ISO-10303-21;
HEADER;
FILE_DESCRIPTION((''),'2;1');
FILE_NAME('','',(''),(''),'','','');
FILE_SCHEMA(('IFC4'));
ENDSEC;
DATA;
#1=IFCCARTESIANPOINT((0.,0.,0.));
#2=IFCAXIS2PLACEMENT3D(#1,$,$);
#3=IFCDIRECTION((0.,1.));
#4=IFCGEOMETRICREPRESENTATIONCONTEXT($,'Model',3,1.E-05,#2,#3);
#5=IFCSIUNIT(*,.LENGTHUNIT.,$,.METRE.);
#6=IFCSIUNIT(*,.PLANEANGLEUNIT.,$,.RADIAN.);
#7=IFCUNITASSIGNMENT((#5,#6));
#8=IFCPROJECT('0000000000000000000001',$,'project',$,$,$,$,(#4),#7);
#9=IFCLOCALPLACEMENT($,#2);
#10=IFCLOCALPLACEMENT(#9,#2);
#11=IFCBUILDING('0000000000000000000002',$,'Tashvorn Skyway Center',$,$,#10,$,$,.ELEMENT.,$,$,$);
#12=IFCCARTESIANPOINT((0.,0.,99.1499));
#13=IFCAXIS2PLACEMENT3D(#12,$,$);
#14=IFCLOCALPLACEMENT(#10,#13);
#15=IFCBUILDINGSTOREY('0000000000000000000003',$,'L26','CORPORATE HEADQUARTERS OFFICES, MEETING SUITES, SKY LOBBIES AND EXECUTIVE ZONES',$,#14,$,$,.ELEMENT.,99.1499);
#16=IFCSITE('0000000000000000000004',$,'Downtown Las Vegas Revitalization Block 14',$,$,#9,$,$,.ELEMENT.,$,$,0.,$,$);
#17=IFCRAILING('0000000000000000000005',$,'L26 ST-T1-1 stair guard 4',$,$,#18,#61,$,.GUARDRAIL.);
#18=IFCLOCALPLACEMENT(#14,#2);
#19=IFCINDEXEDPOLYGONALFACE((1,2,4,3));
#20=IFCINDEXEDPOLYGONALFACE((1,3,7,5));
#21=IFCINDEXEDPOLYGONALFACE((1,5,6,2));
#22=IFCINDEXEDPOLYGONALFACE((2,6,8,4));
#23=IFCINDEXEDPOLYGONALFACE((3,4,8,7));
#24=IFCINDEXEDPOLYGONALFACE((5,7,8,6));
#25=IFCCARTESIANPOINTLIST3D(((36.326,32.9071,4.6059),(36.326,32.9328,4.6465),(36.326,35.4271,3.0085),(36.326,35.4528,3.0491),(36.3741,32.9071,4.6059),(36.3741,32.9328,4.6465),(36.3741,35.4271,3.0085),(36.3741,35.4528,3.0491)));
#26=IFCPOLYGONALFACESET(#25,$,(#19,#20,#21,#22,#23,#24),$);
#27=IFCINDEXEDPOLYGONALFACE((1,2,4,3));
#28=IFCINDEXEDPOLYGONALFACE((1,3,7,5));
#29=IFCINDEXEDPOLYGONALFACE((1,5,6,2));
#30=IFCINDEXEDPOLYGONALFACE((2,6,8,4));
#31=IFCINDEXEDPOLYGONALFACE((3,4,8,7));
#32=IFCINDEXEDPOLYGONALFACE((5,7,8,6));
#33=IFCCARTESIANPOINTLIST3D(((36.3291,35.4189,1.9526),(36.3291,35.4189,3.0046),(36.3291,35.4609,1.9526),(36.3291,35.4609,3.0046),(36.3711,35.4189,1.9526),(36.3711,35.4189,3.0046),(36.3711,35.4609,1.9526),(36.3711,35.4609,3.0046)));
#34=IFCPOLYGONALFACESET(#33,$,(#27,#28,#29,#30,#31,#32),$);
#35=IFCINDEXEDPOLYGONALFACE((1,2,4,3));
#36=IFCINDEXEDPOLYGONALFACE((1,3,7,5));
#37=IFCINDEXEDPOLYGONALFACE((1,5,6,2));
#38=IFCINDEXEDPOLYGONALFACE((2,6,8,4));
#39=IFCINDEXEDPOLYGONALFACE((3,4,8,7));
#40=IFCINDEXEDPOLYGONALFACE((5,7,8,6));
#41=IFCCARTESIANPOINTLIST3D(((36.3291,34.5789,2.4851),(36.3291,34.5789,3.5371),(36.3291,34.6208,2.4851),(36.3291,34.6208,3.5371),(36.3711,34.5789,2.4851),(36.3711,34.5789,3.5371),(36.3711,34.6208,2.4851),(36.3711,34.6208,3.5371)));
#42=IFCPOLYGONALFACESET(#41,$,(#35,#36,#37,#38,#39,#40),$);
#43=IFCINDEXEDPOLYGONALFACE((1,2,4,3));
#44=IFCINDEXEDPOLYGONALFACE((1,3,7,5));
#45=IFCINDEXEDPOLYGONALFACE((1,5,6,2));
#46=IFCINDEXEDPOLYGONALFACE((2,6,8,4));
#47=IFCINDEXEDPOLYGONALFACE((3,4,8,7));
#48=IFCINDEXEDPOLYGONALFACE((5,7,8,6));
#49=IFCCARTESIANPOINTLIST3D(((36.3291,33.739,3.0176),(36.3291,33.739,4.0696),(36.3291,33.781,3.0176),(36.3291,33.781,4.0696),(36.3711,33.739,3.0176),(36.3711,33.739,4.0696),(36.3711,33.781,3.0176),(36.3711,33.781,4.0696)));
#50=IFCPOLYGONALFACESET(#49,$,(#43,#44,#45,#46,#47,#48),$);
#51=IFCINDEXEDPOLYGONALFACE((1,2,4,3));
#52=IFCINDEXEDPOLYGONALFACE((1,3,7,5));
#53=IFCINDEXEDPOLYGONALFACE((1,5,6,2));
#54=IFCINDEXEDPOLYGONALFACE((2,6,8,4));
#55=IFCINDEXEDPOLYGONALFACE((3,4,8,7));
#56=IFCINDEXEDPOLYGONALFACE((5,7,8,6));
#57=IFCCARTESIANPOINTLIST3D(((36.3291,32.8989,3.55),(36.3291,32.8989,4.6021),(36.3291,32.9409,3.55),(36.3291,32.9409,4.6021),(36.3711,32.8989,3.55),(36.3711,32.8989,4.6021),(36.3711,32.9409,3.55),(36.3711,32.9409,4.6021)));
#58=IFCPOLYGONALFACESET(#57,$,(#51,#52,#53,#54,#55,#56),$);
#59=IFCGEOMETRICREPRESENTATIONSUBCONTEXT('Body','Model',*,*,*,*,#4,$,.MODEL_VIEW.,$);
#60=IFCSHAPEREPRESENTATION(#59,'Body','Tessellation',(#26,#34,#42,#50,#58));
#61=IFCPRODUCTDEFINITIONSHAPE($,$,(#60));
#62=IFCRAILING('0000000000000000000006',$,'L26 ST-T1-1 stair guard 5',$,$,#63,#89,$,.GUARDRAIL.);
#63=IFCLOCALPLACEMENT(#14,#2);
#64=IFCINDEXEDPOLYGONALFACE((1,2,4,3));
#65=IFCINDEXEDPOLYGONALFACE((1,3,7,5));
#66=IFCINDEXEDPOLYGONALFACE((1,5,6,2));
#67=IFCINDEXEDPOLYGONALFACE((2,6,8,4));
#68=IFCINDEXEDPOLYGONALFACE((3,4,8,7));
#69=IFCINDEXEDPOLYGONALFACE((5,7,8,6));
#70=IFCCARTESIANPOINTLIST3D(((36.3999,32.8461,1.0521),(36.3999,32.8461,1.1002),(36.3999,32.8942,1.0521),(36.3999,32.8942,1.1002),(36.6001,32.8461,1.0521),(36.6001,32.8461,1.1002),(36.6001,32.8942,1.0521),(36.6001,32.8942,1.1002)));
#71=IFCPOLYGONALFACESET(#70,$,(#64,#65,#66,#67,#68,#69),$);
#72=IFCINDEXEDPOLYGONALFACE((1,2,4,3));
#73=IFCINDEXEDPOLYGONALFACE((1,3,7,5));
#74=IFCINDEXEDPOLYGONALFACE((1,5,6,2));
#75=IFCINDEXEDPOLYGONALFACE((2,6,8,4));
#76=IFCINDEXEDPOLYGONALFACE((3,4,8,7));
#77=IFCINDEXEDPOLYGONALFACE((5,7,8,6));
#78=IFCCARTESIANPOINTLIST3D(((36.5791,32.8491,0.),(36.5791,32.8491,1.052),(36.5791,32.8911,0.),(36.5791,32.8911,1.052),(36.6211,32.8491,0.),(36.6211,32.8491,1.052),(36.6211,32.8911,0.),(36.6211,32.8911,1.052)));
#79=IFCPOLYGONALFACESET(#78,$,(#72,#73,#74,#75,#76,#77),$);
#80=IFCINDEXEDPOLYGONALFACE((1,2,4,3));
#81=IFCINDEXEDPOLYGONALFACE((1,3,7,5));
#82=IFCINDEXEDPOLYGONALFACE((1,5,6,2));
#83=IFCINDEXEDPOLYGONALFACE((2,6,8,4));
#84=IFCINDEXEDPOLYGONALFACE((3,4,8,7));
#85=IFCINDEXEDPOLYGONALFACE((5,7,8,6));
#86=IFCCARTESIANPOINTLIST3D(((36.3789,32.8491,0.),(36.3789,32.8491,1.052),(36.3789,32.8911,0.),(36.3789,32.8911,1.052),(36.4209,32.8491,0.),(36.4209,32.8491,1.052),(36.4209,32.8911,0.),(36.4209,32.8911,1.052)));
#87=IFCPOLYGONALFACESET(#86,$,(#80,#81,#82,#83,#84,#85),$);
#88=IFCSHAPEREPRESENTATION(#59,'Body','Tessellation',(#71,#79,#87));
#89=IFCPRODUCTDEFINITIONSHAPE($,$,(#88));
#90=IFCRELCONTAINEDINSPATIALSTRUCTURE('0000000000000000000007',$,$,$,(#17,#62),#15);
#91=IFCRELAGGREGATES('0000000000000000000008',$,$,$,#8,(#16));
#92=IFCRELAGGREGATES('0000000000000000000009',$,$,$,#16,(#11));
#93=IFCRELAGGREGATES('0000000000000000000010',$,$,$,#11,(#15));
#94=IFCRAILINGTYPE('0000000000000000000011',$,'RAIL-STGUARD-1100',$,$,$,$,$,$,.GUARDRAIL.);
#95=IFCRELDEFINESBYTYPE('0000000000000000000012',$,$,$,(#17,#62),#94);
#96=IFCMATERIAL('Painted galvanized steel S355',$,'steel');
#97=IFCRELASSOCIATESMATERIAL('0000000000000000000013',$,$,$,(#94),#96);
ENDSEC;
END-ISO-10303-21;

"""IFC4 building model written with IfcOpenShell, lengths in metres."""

from ifc_helpers import new_model, si_unit, direction, frame, origin, origin_2d, place, context, subcontext, project, spatial, rectangle, extrude, material, type_object, element, save


model = new_model("IFC4")

# Units and contexts
model_context = context("Model", 3, precision=1e-05, world=origin(), true_north=direction((0.0, 1.0)))
body_context = subcontext(model_context, "Body", "Model", "MODEL_VIEW")
ifc_project = project(units=[si_unit("LENGTHUNIT", "METRE"), si_unit("PLANEANGLEUNIT", "RADIAN")], contexts=[model_context])

# Site, building, storey
site_placement = place(None, origin())
site = spatial("IfcSite", under=ifc_project, at=site_placement, Name="Downtown Las Vegas Revitalization Block 14", CompositionType="ELEMENT", RefElevation=0.0)
building_placement = place(site_placement, origin())
building = spatial("IfcBuilding", under=site, at=building_placement, Name="Tashvorn Skyway Center", CompositionType="ELEMENT")
storey_placement = place(building_placement, frame((0.0, 0.0, 99.1499)))
storey = spatial("IfcBuildingStorey", under=building, at=storey_placement, Name="L26", Description="CORPORATE HEADQUARTERS OFFICES, MEETING SUITES, SKY LOBBIES AND EXECUTIVE ZONES", CompositionType="ELEMENT", Elevation=99.1499)

# Railings
ifc_material_1 = material(Name="Painted galvanized steel S355", Category="steel")
railing_type_1 = type_object("IfcRailingType", Name="RAIL-STGUARD-1100", PredefinedType="GUARDRAIL", material=ifc_material_1)
railing_1_placement = place(storey_placement, frame((36.3501, 35.4399, 1.9526)))
element("IfcRailing", 1, at=railing_1_placement, inside=storey, type_object=railing_type_1, Name="L26 ST-T1-1 stair guard 4", PredefinedType="GUARDRAIL", context=body_context, shape_type="SweptSolid", body=[
    extrude(rectangle(XDim=0.0481, YDim=0.0481, at=origin_2d()), frame((0.0, 0.0, 1.0762), z_axis=(0.0, -0.844607, 0.535387), x_axis=(1.0, 0.0, 0.0)), (0.0, 0.0, 1.0), 2.9836),
    extrude(rectangle(XDim=0.042, YDim=0.042, at=origin_2d()), origin(), (0.0, 0.0, 1.0), 1.052),
    extrude(rectangle(XDim=0.042, YDim=0.042, at=origin_2d()), frame((0.0, -0.8401, 0.5325)), (0.0, 0.0, 1.0), 1.052),
    extrude(rectangle(XDim=0.042, YDim=0.042, at=origin_2d()), frame((0.0, -1.6799, 1.0649)), (0.0, 0.0, 1.0), 1.052),
    extrude(rectangle(XDim=0.042, YDim=0.042, at=origin_2d()), frame((0.0, -2.52, 1.5974)), (0.0, 0.0, 1.0), 1.052),
])
railing_2_placement = place(storey_placement, frame((36.6001, 32.8701, 0.0)))
element("IfcRailing", 2, at=railing_2_placement, inside=storey, type_object=railing_type_1, Name="L26 ST-T1-1 stair guard 5", PredefinedType="GUARDRAIL", context=body_context, shape_type="SweptSolid", body=[
    extrude(rectangle(XDim=0.0481, YDim=0.0481, at=origin_2d()), frame((0.0, 0.0, 1.0762), z_axis=(-1.0, 0.0, 0.0), x_axis=(0.0, -1.0, 0.0)), (0.0, 0.0, 1.0), 0.2002),
    extrude(rectangle(XDim=0.042, YDim=0.042, at=origin_2d()), origin(), (0.0, 0.0, 1.0), 1.052),
    extrude(rectangle(XDim=0.042, YDim=0.042, at=origin_2d()), frame((-0.2002, 0.0, 0.0)), (0.0, 0.0, 1.0), 1.052),
])

save(model, "model.ifc")
